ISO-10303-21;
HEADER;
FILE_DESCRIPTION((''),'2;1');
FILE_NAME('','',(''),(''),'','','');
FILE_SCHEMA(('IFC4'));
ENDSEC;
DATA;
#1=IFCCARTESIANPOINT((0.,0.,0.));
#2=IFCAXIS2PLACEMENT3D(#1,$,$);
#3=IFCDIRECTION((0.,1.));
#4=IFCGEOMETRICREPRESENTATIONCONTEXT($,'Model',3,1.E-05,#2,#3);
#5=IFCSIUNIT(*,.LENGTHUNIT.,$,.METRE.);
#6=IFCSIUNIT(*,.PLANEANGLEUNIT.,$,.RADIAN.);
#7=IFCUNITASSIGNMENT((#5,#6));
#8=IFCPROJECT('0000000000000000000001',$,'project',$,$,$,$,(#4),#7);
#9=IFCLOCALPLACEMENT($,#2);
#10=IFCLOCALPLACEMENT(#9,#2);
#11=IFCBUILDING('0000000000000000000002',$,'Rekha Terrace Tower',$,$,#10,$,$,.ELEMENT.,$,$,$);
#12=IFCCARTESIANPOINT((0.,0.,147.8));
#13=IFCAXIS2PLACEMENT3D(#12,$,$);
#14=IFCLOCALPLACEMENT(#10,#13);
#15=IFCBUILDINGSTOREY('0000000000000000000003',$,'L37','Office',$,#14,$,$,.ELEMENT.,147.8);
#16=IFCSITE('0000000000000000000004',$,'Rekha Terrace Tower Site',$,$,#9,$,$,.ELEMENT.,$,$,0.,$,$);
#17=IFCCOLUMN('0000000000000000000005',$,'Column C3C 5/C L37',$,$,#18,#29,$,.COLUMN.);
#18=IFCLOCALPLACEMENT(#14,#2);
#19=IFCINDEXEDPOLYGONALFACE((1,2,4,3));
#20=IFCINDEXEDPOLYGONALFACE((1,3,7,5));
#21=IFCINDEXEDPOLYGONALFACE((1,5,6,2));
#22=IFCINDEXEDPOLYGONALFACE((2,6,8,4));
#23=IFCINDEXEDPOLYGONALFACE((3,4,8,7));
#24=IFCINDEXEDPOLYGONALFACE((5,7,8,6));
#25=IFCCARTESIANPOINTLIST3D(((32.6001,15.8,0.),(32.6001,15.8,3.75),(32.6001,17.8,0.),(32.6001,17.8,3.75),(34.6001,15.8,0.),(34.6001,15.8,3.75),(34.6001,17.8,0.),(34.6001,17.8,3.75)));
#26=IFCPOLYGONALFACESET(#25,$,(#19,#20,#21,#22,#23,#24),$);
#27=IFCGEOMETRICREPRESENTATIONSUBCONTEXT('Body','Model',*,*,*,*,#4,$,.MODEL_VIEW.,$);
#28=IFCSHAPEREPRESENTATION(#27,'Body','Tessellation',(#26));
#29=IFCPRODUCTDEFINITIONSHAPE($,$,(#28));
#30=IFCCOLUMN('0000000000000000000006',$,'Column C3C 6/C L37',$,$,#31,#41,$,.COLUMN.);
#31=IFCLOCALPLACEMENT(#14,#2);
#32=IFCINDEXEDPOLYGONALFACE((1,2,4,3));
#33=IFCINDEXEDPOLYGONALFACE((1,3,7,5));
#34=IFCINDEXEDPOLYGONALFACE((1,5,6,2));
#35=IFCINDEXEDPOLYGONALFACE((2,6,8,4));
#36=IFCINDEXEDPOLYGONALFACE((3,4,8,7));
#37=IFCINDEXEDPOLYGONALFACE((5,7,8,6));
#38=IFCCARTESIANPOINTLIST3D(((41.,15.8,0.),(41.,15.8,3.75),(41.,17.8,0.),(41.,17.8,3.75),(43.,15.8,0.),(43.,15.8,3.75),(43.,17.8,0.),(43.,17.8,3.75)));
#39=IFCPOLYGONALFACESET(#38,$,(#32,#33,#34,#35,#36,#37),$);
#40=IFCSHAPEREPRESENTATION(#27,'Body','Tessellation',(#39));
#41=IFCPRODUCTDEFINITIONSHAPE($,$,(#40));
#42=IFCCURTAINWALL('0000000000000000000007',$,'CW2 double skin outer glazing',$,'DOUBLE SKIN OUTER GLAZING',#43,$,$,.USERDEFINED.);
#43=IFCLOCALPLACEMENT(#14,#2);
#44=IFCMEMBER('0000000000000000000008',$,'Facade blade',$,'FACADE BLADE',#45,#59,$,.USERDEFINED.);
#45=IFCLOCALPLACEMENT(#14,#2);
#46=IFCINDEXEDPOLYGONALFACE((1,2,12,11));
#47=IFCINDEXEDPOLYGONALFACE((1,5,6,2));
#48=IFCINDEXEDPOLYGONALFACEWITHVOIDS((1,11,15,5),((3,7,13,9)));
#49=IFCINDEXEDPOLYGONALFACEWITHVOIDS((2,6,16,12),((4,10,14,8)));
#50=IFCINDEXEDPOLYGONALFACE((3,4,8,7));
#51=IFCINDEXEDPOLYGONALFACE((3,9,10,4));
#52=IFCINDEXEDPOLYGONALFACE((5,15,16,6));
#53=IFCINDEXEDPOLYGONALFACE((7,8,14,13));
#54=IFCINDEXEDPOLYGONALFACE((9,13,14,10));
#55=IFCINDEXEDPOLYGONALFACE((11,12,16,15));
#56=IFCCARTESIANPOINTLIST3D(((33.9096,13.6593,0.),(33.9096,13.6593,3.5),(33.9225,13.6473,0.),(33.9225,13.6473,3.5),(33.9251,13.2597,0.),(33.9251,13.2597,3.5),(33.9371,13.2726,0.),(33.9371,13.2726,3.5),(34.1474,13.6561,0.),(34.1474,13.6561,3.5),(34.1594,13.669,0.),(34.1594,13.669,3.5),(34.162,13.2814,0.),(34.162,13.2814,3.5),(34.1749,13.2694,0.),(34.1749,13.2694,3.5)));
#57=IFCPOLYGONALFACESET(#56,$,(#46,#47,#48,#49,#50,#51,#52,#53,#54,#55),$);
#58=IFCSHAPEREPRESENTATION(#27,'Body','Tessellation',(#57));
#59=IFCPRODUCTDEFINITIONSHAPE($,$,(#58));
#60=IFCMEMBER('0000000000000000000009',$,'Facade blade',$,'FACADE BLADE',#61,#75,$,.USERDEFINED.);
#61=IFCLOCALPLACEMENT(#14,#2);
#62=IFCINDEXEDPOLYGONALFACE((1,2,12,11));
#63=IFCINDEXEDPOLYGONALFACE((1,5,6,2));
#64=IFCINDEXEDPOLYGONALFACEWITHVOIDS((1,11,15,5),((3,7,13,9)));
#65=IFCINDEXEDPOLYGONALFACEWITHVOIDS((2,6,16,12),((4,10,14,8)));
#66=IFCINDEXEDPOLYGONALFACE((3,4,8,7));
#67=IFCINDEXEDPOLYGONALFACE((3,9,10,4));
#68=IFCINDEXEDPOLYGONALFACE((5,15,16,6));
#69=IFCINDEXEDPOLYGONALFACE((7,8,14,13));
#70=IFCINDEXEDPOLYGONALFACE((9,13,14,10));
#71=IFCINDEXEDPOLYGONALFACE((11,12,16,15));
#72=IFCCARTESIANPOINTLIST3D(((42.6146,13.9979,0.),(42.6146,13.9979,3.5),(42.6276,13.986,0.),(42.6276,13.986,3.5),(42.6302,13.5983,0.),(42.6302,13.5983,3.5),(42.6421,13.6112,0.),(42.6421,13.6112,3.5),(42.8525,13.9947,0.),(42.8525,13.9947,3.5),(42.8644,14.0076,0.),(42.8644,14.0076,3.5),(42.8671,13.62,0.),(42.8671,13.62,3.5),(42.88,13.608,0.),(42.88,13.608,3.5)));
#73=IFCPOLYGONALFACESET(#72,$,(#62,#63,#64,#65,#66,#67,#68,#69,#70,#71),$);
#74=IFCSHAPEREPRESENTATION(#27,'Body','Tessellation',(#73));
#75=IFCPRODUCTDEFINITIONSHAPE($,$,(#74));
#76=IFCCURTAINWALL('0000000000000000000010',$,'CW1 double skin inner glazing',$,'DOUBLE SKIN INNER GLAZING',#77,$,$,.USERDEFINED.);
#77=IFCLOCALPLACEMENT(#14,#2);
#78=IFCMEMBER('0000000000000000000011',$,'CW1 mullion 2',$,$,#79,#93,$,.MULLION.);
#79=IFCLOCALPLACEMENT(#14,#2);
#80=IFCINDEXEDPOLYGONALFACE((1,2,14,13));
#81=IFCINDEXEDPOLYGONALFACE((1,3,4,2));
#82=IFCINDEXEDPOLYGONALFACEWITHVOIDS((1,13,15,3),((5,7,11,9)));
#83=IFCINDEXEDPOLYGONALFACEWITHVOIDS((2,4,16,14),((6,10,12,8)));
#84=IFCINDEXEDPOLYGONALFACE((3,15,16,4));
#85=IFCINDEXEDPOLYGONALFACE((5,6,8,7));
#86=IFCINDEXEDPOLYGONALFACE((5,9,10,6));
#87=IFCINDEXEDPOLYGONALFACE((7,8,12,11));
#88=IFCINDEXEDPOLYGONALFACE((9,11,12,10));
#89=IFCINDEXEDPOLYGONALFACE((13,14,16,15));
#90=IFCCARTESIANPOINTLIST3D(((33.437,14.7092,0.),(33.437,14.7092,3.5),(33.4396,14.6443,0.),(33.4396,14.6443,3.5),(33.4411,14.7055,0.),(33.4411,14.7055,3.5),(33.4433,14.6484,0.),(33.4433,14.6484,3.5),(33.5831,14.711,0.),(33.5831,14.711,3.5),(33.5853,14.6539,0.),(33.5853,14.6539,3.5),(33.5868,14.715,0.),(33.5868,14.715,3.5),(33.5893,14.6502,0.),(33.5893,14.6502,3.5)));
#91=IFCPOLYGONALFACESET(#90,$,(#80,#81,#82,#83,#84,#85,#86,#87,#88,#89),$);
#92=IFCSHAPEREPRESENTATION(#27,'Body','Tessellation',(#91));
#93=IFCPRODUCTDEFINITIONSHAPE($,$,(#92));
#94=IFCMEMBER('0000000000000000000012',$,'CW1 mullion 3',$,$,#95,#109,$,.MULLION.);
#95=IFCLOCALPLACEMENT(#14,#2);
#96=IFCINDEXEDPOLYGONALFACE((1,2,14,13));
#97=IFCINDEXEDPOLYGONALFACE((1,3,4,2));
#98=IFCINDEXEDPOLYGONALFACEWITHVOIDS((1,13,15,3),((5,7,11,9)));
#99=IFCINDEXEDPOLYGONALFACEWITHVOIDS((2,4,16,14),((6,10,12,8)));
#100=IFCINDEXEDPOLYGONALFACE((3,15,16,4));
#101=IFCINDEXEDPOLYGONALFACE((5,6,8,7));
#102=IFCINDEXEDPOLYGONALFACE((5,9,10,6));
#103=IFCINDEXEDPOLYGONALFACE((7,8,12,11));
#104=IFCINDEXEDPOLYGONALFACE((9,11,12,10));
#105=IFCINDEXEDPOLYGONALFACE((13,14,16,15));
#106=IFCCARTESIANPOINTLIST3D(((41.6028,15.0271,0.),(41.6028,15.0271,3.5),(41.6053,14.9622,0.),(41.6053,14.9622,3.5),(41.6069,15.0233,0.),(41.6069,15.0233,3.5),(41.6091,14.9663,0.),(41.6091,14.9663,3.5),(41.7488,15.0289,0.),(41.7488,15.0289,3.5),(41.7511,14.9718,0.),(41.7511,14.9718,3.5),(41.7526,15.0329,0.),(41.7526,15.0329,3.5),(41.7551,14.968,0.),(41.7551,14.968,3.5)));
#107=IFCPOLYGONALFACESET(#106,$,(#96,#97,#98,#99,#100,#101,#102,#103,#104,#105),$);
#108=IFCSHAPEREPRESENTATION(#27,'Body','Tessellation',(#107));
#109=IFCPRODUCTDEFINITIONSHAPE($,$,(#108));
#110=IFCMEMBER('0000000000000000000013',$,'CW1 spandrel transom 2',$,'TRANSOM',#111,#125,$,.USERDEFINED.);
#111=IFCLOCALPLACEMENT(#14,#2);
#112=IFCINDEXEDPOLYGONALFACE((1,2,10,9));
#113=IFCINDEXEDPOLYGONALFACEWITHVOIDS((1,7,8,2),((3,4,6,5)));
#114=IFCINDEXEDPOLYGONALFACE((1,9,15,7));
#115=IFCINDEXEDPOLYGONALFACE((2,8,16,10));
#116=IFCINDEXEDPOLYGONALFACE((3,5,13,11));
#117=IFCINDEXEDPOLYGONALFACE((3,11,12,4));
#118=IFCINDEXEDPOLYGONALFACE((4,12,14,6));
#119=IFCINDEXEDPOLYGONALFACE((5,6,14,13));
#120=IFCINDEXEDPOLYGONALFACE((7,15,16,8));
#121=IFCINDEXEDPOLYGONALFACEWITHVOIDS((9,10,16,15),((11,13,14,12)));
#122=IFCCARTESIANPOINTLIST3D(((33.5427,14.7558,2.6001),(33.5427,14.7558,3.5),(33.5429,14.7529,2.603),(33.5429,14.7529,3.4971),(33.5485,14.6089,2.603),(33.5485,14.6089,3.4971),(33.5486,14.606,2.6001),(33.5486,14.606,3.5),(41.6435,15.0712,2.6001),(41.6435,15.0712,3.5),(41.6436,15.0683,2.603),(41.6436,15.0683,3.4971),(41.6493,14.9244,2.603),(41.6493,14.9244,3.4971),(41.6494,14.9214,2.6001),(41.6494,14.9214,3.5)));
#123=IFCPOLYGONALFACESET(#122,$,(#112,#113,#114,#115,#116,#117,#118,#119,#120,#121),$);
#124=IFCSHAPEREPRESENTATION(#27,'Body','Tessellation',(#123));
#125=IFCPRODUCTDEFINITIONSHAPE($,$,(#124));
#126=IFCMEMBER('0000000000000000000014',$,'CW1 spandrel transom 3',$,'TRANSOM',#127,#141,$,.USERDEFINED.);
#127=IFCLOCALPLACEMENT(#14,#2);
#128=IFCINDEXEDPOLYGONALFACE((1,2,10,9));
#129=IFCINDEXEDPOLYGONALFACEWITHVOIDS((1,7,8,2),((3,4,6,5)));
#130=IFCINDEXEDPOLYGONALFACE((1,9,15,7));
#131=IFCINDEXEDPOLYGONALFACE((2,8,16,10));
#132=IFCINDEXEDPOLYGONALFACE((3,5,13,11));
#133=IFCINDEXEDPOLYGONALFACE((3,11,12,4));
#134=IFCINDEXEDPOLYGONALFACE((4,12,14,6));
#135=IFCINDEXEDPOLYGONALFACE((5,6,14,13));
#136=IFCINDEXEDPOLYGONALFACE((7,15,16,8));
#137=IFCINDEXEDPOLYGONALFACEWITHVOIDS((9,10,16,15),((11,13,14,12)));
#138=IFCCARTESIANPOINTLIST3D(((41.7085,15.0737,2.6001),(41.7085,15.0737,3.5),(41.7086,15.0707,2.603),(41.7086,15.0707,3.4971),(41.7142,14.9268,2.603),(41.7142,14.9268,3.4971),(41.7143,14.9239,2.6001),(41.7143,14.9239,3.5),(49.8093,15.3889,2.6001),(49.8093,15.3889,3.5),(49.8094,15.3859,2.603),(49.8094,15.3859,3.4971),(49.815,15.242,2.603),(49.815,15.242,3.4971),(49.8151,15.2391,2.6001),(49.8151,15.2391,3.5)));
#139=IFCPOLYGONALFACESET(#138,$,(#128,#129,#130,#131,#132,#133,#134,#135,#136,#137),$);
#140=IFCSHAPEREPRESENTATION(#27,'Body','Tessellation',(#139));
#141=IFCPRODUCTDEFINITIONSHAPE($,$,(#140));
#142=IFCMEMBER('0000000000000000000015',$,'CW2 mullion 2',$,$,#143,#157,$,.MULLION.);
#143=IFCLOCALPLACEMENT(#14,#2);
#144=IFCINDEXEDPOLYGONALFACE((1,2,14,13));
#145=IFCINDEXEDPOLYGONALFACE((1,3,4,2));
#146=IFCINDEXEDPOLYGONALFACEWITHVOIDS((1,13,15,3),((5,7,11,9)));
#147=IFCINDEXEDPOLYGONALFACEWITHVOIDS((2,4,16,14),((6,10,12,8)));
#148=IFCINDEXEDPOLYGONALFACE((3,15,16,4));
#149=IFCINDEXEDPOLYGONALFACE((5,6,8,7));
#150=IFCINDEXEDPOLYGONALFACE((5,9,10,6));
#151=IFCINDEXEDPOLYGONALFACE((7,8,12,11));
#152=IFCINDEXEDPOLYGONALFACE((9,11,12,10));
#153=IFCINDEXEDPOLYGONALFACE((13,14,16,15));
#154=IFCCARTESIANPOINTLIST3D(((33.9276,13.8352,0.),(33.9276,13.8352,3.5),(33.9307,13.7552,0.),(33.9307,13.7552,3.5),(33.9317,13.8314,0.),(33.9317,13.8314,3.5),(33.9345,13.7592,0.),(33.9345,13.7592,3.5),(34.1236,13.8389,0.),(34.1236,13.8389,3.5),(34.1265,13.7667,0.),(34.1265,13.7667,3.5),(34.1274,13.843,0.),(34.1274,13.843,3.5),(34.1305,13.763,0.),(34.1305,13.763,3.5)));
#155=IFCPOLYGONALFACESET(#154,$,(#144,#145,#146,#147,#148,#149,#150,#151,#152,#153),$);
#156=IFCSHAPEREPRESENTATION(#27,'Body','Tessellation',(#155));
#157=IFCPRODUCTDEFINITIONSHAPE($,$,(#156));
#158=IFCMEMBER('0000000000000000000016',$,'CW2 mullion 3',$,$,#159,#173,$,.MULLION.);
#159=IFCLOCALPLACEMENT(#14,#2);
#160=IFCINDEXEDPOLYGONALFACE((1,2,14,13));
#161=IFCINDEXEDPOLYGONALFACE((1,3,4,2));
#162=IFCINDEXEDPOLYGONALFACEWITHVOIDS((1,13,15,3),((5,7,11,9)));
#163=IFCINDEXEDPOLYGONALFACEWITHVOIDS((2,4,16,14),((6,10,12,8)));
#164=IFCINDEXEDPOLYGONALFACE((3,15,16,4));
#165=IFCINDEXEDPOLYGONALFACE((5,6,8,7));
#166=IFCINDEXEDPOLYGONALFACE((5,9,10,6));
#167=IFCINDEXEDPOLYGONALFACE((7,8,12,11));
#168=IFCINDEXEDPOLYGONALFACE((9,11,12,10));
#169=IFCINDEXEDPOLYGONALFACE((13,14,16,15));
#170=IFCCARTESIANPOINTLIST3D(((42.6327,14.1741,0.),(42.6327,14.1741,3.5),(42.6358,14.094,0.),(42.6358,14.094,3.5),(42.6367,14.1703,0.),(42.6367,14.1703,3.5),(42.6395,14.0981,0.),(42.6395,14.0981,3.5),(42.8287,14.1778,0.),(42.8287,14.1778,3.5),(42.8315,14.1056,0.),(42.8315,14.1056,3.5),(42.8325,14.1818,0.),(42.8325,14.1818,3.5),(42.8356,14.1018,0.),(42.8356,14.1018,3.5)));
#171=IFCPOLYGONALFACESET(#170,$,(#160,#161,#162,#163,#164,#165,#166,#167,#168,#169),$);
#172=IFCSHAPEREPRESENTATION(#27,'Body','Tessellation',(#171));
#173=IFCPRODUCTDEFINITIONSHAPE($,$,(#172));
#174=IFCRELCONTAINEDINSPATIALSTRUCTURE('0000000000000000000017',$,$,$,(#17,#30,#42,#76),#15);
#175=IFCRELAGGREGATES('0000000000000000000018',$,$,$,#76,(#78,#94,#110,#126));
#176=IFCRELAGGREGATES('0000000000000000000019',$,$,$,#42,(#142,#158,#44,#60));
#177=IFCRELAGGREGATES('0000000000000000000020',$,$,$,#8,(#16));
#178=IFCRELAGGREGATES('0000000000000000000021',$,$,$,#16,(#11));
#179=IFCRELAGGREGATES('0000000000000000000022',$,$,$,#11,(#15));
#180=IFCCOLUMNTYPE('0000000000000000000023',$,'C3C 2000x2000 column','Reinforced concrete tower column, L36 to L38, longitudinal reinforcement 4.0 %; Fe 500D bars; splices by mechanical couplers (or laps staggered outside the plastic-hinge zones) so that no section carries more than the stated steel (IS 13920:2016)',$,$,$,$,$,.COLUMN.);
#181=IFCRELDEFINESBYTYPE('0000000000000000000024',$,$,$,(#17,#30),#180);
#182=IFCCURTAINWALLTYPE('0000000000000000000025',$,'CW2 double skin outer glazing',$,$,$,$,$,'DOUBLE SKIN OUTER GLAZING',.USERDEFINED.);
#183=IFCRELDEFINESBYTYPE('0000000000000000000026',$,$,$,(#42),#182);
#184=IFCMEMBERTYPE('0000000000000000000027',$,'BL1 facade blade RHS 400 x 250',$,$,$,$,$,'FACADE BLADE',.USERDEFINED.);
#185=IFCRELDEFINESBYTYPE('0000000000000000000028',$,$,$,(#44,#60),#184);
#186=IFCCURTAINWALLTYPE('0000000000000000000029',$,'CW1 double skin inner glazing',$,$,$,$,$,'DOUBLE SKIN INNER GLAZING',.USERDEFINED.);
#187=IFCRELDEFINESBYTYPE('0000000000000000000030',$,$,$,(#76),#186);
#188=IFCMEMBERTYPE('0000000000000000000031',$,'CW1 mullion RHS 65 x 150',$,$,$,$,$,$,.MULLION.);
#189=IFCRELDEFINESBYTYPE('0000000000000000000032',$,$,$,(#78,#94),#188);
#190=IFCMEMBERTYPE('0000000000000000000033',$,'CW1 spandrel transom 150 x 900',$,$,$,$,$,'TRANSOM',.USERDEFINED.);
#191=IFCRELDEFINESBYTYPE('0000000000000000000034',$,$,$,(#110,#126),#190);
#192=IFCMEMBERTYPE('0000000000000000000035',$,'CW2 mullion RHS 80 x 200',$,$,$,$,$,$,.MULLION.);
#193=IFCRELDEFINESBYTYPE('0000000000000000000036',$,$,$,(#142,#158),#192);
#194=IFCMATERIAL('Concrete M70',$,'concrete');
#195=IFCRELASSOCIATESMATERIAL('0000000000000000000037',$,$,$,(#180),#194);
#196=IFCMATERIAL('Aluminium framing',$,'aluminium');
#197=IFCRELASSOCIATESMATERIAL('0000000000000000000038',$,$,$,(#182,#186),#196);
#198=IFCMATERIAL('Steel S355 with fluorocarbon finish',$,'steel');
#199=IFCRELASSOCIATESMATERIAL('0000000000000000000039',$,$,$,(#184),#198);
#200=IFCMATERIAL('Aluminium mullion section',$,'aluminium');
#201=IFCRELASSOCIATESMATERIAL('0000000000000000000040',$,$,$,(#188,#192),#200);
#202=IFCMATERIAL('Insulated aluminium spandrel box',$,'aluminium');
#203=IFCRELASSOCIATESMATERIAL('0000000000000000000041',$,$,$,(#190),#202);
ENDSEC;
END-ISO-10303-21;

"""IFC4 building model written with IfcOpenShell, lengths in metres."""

from ifc_helpers import new_model, si_unit, direction, frame, origin, origin_2d, place, context, subcontext, project, spatial, rectangle, hollow_rectangle, extrude, material, material_profile, profile_set, type_object, element, aggregate, save


model = new_model("IFC4")

# Units and contexts
model_context = context("Model", 3, precision=1e-05, world=origin(), true_north=direction((0.0, 1.0)))
body_context = subcontext(model_context, "Body", "Model", "MODEL_VIEW")
ifc_project = project(units=[si_unit("LENGTHUNIT", "METRE"), si_unit("PLANEANGLEUNIT", "RADIAN")], contexts=[model_context])

# Site, building, storey
site_placement = place(None, origin())
site = spatial("IfcSite", under=ifc_project, at=site_placement, Name="Rekha Terrace Tower Site", CompositionType="ELEMENT", RefElevation=0.0)
building_placement = place(site_placement, origin())
building = spatial("IfcBuilding", under=site, at=building_placement, Name="Rekha Terrace Tower", CompositionType="ELEMENT")
storey_placement = place(building_placement, frame((0.0, 0.0, 147.8)))
storey = spatial("IfcBuildingStorey", under=building, at=storey_placement, Name="L37", Description="Office", CompositionType="ELEMENT", Elevation=147.8)

# Columns
ifc_material_1 = material(Name="Concrete M70", Category="concrete")
ifc_material_profile_1 = material_profile(ifc_material_1, rectangle(XDim=2.0, YDim=2.0, at=origin_2d()), Name="RC 2000x2000")
ifc_profile_set_1 = profile_set([ifc_material_profile_1], Name="Concrete M70")
column_type = type_object("IfcColumnType", Name="C3C 2000x2000 column", Description="Reinforced concrete tower column, L36 to L38, longitudinal reinforcement 4.0 %; Fe 500D bars; splices by mechanical couplers (or laps staggered outside the plastic-hinge zones) so that no section carries more than the stated steel (IS 13920:2016)", PredefinedType="COLUMN", material=ifc_profile_set_1)
for number, where, z_axis, x_axis, name in (
    (1, (33.6001, 16.8, 0.0), (0.0, 0.0, 1.0), (1.0, 0.0, 0.0), "Column C3C 5/C L37"),
    (2, (42.0, 16.8, 0.0), (0.0, 0.0, 1.0), (1.0, 0.0, 0.0), "Column C3C 6/C L37"),
):
    element("IfcColumn", number, at=place(storey_placement, frame(where, z_axis=z_axis, x_axis=x_axis)), inside=storey, type_object=column_type, Name=name, PredefinedType="COLUMN", context=body_context, shape_type="SweptSolid", body=[
        extrude(rectangle(XDim=2.0, YDim=2.0, at=origin_2d()), origin(), (0.0, 0.0, 1.0), 3.75),
    ])

# Curtain walls, members
ifc_material_2 = material(Name="Aluminium framing", Category="aluminium")
curtain_wall_type_1 = type_object("IfcCurtainWallType", Name="CW2 double skin outer glazing", ElementType="DOUBLE SKIN OUTER GLAZING", PredefinedType="USERDEFINED", material=ifc_material_2)
curtain_wall_1_placement = place(storey_placement, origin())
curtain_wall_1 = element("IfcCurtainWall", 3, at=curtain_wall_1_placement, inside=storey, type_object=curtain_wall_type_1, Name="CW2 double skin outer glazing", ObjectType="DOUBLE SKIN OUTER GLAZING", PredefinedType="USERDEFINED")
ifc_material_3 = material(Name="Steel S355 with fluorocarbon finish", Category="steel")
ifc_material_profile_2 = material_profile(ifc_material_3, hollow_rectangle(XDim=0.25, YDim=0.3999, WallThickness=0.0125, at=origin_2d()), Name="RHS400x250x12.5")
ifc_profile_set_2 = profile_set([ifc_material_profile_2], Name="Steel S355 with fluorocarbon finish")
member_type_1 = type_object("IfcMemberType", Name="BL1 facade blade RHS 400 x 250", ElementType="FACADE BLADE", PredefinedType="USERDEFINED", material=ifc_profile_set_2)
member_1_placement = place(storey_placement, frame((34.0422, 13.4644, 0.0), z_axis=(0.0, 0.0, 1.0), x_axis=(0.999243, 0.03889, 0.0)))
member_1 = element("IfcMember", 4, at=member_1_placement, type_object=member_type_1, Name="Facade blade", ObjectType="FACADE BLADE", PredefinedType="USERDEFINED", context=body_context, shape_type="SweptSolid", body=[
    extrude(hollow_rectangle(XDim=0.25, YDim=0.3999, WallThickness=0.0125, at=origin_2d()), origin(), (0.0, 0.0, 1.0), 3.5),
])
member_2_placement = place(storey_placement, frame((42.7473, 13.803, 0.0), z_axis=(0.0, 0.0, 1.0), x_axis=(0.999243, 0.03889, 0.0)))
member_2 = element("IfcMember", 5, at=member_2_placement, type_object=member_type_1, Name="Facade blade", ObjectType="FACADE BLADE", PredefinedType="USERDEFINED", context=body_context, shape_type="SweptSolid", body=[
    extrude(hollow_rectangle(XDim=0.25, YDim=0.3999, WallThickness=0.0125, at=origin_2d()), origin(), (0.0, 0.0, 1.0), 3.5),
])
curtain_wall_type_2 = type_object("IfcCurtainWallType", Name="CW1 double skin inner glazing", ElementType="DOUBLE SKIN INNER GLAZING", PredefinedType="USERDEFINED", material=ifc_material_2)
curtain_wall_2_placement = place(storey_placement, origin())
curtain_wall_2 = element("IfcCurtainWall", 6, at=curtain_wall_2_placement, inside=storey, type_object=curtain_wall_type_2, Name="CW1 double skin inner glazing", ObjectType="DOUBLE SKIN INNER GLAZING", PredefinedType="USERDEFINED")
ifc_material_4 = material(Name="Aluminium mullion section", Category="aluminium")
ifc_material_profile_3 = material_profile(ifc_material_4, hollow_rectangle(XDim=0.0649, YDim=0.1499, WallThickness=0.0039, at=origin_2d()), Name="AL RHS 65x150")
ifc_profile_set_3 = profile_set([ifc_material_profile_3], Name="Aluminium mullion section")
member_type_2 = type_object("IfcMemberType", Name="CW1 mullion RHS 65 x 150", PredefinedType="MULLION", material=ifc_profile_set_3)
member_3_placement = place(storey_placement, frame((33.5132, 14.6797, 0.0), z_axis=(0.0, 0.0, 1.0), x_axis=(-0.03889, 0.999243, 0.0)))
member_3 = element("IfcMember", 7, at=member_3_placement, type_object=member_type_2, Name="CW1 mullion 2", PredefinedType="MULLION", context=body_context, shape_type="SweptSolid", body=[
    extrude(hollow_rectangle(XDim=0.0649, YDim=0.1499, WallThickness=0.0039, at=origin_2d()), origin(), (0.0, 0.0, 1.0), 3.5),
])
member_4_placement = place(storey_placement, frame((41.679, 14.9976, 0.0), z_axis=(0.0, 0.0, 1.0), x_axis=(-0.03889, 0.999243, 0.0)))
member_4 = element("IfcMember", 8, at=member_4_placement, type_object=member_type_2, Name="CW1 mullion 3", PredefinedType="MULLION", context=body_context, shape_type="SweptSolid", body=[
    extrude(hollow_rectangle(XDim=0.0649, YDim=0.1499, WallThickness=0.0039, at=origin_2d()), origin(), (0.0, 0.0, 1.0), 3.5),
])
ifc_material_5 = material(Name="Insulated aluminium spandrel box", Category="aluminium")
ifc_material_profile_4 = material_profile(ifc_material_5, hollow_rectangle(XDim=0.1499, YDim=0.8999, WallThickness=0.0029, at=origin_2d()), Name="AL SPANDREL BOX 150x900")
ifc_profile_set_4 = profile_set([ifc_material_profile_4], Name="Insulated aluminium spandrel box")
member_type_3 = type_object("IfcMemberType", Name="CW1 spandrel transom 150 x 900", ElementType="TRANSOM", PredefinedType="USERDEFINED", material=ifc_profile_set_4)
member_5_placement = place(storey_placement, frame((33.5457, 14.6809, 3.05), z_axis=(0.999243, 0.038908, 0.0), x_axis=(-0.038908, 0.999243, 0.0)))
member_5 = element("IfcMember", 9, at=member_5_placement, type_object=member_type_3, Name="CW1 spandrel transom 2", ObjectType="TRANSOM", PredefinedType="USERDEFINED", context=body_context, shape_type="SweptSolid", body=[
    extrude(hollow_rectangle(XDim=0.1499, YDim=0.8999, WallThickness=0.0029, at=origin_2d()), origin(), (0.0, 0.0, 1.0), 8.1069),
])
member_6_placement = place(storey_placement, frame((41.7114, 14.9988, 3.05), z_axis=(0.999244, 0.038878, 0.0), x_axis=(-0.038878, 0.999244, 0.0)))
member_6 = element("IfcMember", 10, at=member_6_placement, type_object=member_type_3, Name="CW1 spandrel transom 3", ObjectType="TRANSOM", PredefinedType="USERDEFINED", context=body_context, shape_type="SweptSolid", body=[
    extrude(hollow_rectangle(XDim=0.1499, YDim=0.8999, WallThickness=0.0029, at=origin_2d()), origin(), (0.0, 0.0, 1.0), 8.1069),
])

# Members
ifc_material_profile_5 = material_profile(ifc_material_4, hollow_rectangle(XDim=0.0801, YDim=0.2, WallThickness=0.0039, at=origin_2d()), Name="AL RHS 80x200")
ifc_profile_set_5 = profile_set([ifc_material_profile_5], Name="Aluminium mullion section")
member_type_4 = type_object("IfcMemberType", Name="CW2 mullion RHS 80 x 200", PredefinedType="MULLION", material=ifc_profile_set_5)
member_7_placement = place(storey_placement, frame((34.0291, 13.7991, 0.0), z_axis=(0.0, 0.0, 1.0), x_axis=(-0.03889, 0.999243, 0.0)))
member_7 = element("IfcMember", 11, at=member_7_placement, type_object=member_type_4, Name="CW2 mullion 2", PredefinedType="MULLION", context=body_context, shape_type="SweptSolid", body=[
    extrude(hollow_rectangle(XDim=0.0801, YDim=0.2, WallThickness=0.0039, at=origin_2d()), origin(), (0.0, 0.0, 1.0), 3.5),
])
member_8_placement = place(storey_placement, frame((42.7341, 14.1379, 0.0), z_axis=(0.0, 0.0, 1.0), x_axis=(-0.03889, 0.999243, 0.0)))
member_8 = element("IfcMember", 12, at=member_8_placement, type_object=member_type_4, Name="CW2 mullion 3", PredefinedType="MULLION", context=body_context, shape_type="SweptSolid", body=[
    extrude(hollow_rectangle(XDim=0.0801, YDim=0.2, WallThickness=0.0039, at=origin_2d()), origin(), (0.0, 0.0, 1.0), 3.5),
])

aggregate(curtain_wall_2, [member_3, member_4, member_5, member_6])
aggregate(curtain_wall_1, [member_7, member_8, member_1, member_2])

save(model, "model.ifc")
